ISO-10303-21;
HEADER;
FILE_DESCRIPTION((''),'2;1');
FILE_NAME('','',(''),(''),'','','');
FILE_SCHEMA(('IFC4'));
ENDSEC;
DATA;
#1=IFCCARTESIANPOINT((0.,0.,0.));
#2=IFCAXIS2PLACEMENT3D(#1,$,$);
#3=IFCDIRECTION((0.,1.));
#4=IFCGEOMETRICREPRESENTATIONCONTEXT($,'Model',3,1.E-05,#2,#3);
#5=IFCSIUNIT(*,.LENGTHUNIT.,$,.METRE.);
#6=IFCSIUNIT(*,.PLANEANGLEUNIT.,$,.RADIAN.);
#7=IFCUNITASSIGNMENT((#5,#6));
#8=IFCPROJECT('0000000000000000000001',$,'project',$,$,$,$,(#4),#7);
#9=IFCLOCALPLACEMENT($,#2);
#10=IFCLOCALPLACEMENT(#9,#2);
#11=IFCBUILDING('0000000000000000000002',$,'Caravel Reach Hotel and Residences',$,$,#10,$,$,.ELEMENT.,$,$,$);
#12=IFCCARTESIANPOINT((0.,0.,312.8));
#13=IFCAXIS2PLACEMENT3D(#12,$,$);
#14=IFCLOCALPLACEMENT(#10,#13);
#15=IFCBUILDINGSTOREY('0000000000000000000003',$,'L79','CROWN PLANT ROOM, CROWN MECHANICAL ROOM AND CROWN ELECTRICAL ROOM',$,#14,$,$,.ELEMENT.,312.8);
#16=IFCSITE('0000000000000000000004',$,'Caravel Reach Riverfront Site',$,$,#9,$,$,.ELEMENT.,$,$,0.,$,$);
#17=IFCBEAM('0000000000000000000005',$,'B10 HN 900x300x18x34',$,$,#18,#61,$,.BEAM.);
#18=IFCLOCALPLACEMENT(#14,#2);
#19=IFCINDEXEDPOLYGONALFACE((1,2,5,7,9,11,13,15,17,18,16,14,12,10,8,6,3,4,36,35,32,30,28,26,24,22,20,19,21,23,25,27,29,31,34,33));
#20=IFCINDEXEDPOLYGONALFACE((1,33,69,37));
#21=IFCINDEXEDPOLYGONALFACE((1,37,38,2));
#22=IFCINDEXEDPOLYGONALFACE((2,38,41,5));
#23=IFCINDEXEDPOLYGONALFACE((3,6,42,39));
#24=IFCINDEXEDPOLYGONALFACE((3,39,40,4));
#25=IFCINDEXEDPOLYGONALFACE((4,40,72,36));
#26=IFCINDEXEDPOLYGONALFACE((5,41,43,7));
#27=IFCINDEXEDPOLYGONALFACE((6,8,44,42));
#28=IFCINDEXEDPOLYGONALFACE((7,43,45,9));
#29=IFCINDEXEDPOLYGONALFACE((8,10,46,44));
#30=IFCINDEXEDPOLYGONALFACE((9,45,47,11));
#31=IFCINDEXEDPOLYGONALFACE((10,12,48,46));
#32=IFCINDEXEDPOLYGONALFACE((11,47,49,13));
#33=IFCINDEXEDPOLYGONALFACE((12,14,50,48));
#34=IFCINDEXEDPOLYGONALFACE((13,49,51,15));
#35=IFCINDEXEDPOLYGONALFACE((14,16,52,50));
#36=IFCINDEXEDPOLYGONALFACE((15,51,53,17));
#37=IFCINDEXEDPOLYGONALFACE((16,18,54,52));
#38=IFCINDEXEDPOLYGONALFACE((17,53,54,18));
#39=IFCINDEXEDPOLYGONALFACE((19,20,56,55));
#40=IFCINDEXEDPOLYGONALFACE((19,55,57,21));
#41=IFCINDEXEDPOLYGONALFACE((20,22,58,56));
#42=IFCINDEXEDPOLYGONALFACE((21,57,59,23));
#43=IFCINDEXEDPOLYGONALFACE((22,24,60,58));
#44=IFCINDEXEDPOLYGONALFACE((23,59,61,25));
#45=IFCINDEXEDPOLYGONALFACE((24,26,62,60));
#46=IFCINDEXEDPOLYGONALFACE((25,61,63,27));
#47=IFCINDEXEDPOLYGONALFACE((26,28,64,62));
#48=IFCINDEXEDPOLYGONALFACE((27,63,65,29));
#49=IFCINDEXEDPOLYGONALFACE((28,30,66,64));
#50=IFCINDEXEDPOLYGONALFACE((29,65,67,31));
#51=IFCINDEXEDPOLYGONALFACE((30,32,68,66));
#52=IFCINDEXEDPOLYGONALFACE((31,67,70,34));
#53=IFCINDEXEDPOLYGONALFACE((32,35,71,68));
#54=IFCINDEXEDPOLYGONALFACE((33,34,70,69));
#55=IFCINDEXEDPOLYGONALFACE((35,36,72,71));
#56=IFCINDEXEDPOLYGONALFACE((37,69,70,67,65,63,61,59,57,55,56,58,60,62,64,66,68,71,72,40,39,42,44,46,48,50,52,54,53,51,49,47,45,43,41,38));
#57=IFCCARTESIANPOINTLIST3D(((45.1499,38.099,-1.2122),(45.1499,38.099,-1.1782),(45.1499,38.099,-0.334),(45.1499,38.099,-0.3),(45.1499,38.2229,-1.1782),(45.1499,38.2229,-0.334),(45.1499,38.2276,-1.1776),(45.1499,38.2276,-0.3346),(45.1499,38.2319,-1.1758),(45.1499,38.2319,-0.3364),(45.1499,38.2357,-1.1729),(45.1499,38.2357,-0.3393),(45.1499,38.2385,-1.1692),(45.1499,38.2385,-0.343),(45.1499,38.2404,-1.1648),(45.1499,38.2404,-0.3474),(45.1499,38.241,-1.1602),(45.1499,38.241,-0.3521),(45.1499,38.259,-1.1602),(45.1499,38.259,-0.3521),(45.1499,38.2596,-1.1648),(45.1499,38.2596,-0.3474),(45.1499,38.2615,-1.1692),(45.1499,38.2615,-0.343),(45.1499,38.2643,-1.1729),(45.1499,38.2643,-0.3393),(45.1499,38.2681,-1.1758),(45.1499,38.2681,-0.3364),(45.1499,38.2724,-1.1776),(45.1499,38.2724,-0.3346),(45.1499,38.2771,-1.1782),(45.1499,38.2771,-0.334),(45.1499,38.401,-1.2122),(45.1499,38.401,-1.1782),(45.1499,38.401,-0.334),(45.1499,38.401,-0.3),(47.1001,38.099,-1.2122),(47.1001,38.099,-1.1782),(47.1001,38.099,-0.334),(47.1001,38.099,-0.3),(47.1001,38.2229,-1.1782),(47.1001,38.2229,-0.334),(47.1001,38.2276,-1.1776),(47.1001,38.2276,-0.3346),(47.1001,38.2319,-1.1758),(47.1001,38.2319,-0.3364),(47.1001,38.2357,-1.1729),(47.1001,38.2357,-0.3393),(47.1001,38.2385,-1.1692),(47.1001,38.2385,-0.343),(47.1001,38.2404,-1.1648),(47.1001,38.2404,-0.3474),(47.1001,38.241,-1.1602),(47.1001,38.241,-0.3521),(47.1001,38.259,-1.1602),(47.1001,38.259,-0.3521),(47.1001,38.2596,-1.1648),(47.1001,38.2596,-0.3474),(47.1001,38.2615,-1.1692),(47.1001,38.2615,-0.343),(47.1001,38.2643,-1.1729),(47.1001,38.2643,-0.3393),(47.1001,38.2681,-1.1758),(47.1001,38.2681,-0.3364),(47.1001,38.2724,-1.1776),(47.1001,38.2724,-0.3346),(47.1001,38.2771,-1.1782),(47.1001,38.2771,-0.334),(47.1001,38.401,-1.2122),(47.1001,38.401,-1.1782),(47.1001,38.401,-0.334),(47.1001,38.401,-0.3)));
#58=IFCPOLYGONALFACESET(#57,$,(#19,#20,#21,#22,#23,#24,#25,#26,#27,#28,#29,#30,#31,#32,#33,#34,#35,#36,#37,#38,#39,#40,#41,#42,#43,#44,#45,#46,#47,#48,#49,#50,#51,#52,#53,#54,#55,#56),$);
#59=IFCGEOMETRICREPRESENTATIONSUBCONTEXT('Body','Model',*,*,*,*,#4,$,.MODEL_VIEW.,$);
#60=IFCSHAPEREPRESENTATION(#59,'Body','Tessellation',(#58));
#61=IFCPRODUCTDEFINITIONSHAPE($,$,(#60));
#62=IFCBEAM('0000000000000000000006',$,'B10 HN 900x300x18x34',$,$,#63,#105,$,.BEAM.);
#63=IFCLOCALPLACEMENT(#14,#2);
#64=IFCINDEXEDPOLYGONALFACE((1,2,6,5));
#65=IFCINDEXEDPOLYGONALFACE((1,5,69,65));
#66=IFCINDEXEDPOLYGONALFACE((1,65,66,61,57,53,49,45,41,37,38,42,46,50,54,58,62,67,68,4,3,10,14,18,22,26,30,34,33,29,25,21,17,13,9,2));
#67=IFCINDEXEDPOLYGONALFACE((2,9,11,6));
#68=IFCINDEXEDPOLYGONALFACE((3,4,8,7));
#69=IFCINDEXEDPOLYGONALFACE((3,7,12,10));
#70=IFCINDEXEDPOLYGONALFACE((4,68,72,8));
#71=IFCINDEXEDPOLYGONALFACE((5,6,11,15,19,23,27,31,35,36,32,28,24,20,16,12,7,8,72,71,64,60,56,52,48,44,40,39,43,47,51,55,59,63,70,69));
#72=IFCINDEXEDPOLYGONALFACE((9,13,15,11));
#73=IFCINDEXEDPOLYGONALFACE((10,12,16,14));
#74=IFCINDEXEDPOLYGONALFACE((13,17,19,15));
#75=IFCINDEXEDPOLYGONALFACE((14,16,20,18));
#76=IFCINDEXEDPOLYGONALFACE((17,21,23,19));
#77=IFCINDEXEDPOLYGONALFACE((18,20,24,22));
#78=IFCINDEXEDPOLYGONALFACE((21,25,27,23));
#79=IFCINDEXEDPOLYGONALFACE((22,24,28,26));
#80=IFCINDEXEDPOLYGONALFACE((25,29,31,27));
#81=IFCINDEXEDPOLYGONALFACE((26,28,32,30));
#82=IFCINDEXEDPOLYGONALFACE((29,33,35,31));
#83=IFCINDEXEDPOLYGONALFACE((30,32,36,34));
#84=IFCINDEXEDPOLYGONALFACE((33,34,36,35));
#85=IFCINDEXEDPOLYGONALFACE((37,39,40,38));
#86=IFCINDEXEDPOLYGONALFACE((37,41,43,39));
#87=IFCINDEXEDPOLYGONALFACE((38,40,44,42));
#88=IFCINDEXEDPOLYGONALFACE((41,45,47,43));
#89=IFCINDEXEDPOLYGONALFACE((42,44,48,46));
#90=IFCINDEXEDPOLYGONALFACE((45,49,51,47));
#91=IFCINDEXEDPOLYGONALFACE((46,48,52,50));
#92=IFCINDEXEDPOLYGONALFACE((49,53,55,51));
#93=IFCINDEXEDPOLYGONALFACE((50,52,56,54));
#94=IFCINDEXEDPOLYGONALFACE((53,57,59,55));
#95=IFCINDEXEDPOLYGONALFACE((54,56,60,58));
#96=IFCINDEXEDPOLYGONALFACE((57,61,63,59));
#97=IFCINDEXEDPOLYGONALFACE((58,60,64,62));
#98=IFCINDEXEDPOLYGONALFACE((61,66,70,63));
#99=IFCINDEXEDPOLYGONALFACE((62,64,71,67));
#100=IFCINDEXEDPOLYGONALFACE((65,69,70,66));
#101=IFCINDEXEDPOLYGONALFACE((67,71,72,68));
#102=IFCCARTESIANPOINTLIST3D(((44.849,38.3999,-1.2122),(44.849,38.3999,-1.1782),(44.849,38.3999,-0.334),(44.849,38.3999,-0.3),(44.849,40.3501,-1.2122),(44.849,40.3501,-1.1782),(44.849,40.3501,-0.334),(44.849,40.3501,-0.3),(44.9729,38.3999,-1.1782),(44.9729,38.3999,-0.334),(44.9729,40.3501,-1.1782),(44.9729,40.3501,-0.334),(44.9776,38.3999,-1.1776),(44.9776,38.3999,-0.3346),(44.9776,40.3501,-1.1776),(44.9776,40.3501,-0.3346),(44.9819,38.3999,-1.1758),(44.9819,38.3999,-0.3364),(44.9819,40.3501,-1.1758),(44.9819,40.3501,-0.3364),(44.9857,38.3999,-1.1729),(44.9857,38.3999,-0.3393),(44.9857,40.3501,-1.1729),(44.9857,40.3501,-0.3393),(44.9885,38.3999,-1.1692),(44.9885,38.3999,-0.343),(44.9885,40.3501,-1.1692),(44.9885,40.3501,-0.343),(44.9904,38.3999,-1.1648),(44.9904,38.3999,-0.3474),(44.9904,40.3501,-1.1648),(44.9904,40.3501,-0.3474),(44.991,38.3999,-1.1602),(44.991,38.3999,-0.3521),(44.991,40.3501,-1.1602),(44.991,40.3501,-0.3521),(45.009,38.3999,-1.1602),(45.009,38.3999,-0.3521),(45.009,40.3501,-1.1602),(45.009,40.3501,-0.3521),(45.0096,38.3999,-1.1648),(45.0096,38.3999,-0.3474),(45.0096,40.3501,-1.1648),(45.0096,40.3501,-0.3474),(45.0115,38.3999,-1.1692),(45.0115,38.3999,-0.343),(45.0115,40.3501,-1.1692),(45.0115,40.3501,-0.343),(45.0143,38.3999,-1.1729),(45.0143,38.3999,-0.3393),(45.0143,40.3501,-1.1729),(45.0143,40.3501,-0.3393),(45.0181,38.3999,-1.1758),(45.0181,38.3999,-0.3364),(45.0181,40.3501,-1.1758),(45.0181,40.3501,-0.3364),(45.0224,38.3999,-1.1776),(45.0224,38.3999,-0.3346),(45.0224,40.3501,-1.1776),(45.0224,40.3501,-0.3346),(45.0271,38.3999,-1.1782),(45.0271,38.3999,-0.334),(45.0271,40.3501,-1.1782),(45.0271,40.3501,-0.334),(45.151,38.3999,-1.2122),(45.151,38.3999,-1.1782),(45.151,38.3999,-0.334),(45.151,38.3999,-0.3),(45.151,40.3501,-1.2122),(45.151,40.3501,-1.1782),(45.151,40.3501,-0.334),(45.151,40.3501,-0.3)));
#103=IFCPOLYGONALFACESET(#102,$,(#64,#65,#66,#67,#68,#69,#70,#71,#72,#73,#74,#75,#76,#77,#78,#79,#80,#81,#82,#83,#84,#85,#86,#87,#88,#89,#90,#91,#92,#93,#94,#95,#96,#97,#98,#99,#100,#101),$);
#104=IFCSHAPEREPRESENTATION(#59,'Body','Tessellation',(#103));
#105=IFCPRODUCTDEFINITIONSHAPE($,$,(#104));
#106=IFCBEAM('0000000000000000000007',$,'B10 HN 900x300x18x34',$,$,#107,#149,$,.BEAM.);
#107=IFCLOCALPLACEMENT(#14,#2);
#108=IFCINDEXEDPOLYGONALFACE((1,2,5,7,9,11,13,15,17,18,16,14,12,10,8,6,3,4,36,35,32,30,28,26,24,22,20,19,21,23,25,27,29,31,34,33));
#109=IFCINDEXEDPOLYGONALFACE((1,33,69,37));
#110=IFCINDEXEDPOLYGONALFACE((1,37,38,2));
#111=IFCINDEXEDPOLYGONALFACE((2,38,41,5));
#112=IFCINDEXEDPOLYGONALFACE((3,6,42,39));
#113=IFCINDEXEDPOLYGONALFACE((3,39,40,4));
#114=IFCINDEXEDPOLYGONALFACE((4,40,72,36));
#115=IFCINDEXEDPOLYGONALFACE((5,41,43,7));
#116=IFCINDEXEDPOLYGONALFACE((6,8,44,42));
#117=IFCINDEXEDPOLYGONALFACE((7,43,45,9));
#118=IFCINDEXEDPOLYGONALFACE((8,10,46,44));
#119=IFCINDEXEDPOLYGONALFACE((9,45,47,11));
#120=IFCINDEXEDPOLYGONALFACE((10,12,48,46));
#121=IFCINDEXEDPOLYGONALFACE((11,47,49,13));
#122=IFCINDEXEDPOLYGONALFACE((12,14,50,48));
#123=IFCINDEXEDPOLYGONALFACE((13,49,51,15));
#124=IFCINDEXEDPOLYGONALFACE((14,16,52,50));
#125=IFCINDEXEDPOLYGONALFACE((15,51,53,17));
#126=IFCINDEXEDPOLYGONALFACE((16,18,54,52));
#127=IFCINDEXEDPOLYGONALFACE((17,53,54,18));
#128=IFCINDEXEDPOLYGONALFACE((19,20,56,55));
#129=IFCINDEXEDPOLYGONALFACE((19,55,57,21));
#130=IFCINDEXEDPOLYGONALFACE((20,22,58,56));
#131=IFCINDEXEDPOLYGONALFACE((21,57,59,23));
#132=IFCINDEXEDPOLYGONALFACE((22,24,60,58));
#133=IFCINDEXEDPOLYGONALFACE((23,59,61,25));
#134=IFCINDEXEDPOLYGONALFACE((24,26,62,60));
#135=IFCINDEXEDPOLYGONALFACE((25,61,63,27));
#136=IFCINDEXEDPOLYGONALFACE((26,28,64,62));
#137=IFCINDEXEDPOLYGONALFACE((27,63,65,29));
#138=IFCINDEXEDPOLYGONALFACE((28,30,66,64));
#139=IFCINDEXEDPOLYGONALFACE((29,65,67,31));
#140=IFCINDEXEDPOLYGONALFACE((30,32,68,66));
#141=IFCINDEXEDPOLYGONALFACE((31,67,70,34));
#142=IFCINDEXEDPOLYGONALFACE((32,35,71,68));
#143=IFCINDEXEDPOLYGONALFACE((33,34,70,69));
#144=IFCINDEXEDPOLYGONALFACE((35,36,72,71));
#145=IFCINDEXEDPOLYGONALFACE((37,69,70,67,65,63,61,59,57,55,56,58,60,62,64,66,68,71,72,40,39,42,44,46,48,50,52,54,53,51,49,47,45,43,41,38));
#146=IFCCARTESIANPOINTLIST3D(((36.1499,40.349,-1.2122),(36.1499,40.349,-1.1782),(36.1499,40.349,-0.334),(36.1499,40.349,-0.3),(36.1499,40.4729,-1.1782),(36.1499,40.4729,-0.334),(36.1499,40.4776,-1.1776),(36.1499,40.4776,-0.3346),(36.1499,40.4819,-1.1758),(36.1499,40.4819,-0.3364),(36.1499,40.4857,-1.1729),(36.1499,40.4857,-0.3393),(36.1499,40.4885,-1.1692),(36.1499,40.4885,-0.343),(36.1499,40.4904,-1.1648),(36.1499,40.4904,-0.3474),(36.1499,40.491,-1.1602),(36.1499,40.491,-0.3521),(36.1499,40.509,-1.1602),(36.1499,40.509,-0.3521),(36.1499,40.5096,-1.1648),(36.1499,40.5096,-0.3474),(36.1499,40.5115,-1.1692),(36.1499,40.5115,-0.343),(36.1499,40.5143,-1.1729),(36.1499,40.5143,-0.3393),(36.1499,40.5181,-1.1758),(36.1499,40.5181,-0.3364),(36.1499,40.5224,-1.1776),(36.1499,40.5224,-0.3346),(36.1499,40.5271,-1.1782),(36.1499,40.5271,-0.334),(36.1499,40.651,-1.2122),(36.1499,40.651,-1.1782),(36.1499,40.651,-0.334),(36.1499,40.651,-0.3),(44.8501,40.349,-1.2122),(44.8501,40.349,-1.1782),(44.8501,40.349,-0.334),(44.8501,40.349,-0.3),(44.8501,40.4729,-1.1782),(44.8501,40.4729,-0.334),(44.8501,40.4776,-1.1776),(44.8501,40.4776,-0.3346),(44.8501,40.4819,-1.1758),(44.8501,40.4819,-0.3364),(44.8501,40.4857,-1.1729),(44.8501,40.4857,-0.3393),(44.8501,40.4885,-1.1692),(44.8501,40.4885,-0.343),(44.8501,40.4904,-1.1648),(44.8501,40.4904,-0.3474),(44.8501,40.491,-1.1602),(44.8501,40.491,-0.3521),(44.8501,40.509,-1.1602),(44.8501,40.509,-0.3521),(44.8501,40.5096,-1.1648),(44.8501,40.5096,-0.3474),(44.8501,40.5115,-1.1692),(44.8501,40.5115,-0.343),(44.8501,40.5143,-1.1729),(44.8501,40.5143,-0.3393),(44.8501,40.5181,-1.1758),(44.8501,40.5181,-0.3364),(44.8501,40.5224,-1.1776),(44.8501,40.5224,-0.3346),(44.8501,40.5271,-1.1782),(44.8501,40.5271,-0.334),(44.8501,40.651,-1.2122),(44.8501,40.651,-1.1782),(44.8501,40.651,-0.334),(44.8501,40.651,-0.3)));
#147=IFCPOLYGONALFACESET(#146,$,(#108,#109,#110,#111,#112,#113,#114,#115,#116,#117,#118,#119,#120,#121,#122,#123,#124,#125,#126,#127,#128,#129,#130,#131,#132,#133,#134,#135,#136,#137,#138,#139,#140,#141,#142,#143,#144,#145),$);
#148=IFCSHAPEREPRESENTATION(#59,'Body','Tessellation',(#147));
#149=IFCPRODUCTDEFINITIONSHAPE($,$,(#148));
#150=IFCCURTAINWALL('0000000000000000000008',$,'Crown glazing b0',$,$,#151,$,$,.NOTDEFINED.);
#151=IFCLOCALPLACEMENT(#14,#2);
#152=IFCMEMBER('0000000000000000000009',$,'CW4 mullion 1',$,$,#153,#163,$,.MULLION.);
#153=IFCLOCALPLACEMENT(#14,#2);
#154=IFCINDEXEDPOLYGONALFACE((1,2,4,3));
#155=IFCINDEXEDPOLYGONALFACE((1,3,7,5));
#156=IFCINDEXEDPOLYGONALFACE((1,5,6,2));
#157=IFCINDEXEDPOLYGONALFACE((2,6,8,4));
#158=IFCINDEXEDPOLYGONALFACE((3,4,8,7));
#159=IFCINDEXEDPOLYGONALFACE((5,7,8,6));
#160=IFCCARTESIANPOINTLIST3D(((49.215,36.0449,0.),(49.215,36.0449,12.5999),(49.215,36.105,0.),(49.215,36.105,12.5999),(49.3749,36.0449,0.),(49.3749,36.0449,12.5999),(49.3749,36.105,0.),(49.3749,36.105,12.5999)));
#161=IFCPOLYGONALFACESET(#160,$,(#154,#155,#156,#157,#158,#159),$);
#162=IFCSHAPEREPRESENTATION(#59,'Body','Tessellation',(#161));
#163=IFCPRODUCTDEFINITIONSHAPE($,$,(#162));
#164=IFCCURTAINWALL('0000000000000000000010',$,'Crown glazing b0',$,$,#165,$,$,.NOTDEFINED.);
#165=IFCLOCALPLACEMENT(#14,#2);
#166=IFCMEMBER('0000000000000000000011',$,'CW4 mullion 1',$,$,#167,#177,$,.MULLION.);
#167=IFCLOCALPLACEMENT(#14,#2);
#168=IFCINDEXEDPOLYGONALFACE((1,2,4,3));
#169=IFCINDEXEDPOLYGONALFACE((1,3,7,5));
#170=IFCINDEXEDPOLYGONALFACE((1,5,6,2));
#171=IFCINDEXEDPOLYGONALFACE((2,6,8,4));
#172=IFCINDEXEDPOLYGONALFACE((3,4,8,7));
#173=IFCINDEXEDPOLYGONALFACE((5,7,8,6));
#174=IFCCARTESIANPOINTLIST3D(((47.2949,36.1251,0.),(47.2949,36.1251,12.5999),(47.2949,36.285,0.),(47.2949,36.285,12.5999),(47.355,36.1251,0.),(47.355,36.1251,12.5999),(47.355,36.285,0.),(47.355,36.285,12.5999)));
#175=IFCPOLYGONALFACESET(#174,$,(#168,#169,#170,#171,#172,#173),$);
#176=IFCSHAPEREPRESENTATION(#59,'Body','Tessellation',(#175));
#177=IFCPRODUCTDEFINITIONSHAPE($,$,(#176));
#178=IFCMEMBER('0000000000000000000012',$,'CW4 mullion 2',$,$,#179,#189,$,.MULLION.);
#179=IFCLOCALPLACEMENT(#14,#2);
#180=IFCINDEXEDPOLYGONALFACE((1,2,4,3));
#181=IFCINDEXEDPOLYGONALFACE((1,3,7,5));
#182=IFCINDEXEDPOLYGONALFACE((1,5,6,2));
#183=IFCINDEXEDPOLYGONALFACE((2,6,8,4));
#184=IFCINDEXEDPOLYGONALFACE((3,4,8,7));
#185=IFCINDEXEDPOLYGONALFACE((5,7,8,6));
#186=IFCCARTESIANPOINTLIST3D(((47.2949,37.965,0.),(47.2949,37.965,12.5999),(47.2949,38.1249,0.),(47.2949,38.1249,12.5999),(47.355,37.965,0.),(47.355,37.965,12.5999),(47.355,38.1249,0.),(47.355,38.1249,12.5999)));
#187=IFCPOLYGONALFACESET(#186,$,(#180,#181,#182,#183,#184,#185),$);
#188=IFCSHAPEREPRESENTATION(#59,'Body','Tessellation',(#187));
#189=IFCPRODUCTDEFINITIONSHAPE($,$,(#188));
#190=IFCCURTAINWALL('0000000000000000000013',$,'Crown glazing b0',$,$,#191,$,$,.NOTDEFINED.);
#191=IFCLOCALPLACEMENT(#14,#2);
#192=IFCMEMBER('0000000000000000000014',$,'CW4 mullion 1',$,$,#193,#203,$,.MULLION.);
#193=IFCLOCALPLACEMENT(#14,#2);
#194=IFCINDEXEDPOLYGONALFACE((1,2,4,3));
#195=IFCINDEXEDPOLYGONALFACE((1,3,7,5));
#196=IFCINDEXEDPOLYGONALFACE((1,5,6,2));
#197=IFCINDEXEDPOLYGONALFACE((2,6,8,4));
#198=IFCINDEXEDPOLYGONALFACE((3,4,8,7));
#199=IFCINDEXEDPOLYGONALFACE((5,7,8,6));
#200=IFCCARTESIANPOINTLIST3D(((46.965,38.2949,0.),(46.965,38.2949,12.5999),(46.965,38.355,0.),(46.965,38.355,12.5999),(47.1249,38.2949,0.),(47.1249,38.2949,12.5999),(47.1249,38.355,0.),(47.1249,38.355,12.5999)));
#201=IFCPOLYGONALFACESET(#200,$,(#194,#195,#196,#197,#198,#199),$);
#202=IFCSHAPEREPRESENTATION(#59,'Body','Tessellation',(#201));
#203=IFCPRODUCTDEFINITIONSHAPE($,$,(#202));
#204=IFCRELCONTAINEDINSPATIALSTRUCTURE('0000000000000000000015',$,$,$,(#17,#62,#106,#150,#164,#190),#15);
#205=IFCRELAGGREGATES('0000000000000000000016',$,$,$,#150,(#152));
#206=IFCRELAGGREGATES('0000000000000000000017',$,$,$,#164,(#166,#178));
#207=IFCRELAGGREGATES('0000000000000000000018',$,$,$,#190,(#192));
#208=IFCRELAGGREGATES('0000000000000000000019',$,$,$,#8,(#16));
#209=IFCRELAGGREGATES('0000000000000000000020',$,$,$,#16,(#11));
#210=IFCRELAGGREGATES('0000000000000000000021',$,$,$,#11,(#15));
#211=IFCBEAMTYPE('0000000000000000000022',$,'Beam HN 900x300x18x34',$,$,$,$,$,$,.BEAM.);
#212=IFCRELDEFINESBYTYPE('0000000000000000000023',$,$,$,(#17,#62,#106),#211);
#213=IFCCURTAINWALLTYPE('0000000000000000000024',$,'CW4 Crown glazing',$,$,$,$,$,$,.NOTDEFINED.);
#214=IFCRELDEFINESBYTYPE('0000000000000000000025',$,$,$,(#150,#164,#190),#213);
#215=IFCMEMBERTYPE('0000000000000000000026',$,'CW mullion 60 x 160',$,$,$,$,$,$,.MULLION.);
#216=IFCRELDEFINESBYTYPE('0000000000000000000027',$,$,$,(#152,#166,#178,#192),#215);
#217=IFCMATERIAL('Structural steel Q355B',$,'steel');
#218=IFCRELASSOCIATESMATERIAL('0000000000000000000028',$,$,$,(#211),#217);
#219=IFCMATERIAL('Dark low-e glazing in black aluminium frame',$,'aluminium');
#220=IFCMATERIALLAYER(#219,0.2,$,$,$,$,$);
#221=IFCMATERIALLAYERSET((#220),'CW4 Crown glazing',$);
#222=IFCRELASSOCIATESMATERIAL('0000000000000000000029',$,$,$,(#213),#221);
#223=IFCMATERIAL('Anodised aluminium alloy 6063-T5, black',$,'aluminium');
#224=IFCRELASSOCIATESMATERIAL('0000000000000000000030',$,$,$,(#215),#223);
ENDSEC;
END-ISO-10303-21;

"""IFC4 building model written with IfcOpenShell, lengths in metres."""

from ifc_helpers import new_model, si_unit, direction, frame, origin, origin_2d, place, context, subcontext, project, spatial, rectangle, i_section, extrude, material, layer, layer_set, material_profile, profile_set, type_object, element, aggregate, save


model = new_model("IFC4")

# Units and contexts
model_context = context("Model", 3, precision=1e-05, world=origin(), true_north=direction((0.0, 1.0)))
body_context = subcontext(model_context, "Body", "Model", "MODEL_VIEW")
ifc_project = project(units=[si_unit("LENGTHUNIT", "METRE"), si_unit("PLANEANGLEUNIT", "RADIAN")], contexts=[model_context])

# Site, building, storey
site_placement = place(None, origin())
site = spatial("IfcSite", under=ifc_project, at=site_placement, Name="Caravel Reach Riverfront Site", CompositionType="ELEMENT", RefElevation=0.0)
building_placement = place(site_placement, origin())
building = spatial("IfcBuilding", under=site, at=building_placement, Name="Caravel Reach Hotel and Residences", CompositionType="ELEMENT")
storey_placement = place(building_placement, frame((0.0, 0.0, 312.8)))
storey = spatial("IfcBuildingStorey", under=building, at=storey_placement, Name="L79", Description="CROWN PLANT ROOM, CROWN MECHANICAL ROOM AND CROWN ELECTRICAL ROOM", CompositionType="ELEMENT", Elevation=312.8)

# Beams
ifc_material_1 = material(Name="Structural steel Q355B", Category="steel")
ifc_material_profile_1 = material_profile(ifc_material_1, i_section(OverallWidth=0.302, OverallDepth=0.9121, WebThickness=0.0181, FlangeThickness=0.0339, FilletRadius=0.0181, at=origin_2d()), Name="HN 900x300x18x34")
ifc_profile_set_1 = profile_set([ifc_material_profile_1], Name="Structural steel Q355B")
beam_type = type_object("IfcBeamType", Name="Beam HN 900x300x18x34", PredefinedType="BEAM", material=ifc_profile_set_1)
for number, where, z_axis, x_axis, name in (
    (1, (47.1001, 38.25, -0.7561), (-1.0, 0.0, 0.0), (0.0, -1.0, 0.0), "B10 HN 900x300x18x34"),
    (2, (45.0, 38.3999, -0.7561), (0.0, 1.0, 0.0), (-1.0, 0.0, 0.0), "B10 HN 900x300x18x34"),
):
    element("IfcBeam", number, at=place(storey_placement, frame(where, z_axis=z_axis, x_axis=x_axis)), inside=storey, type_object=beam_type, Name=name, PredefinedType="BEAM", context=body_context, shape_type="SweptSolid", body=[
        extrude(i_section(OverallWidth=0.302, OverallDepth=0.9121, WebThickness=0.0181, FlangeThickness=0.0339, FilletRadius=0.0181, at=origin_2d()), origin(), (0.0, 0.0, 1.0), 1.9502),
    ])
beam_placement = place(storey_placement, frame((44.8501, 40.5, -0.7561), z_axis=(-1.0, 0.0, 0.0), x_axis=(0.0, -1.0, 0.0)))
element("IfcBeam", 3, at=beam_placement, inside=storey, type_object=beam_type, Name="B10 HN 900x300x18x34", PredefinedType="BEAM", context=body_context, shape_type="SweptSolid", body=[
    extrude(i_section(OverallWidth=0.302, OverallDepth=0.9121, WebThickness=0.0181, FlangeThickness=0.0339, FilletRadius=0.0181, at=origin_2d()), origin(), (0.0, 0.0, 1.0), 8.7002),
])

# Curtain wall, member
ifc_material_2 = material(Name="Dark low-e glazing in black aluminium frame", Category="aluminium")
ifc_layer_1 = layer(ifc_material_2, 0.2)
ifc_layer_set_1 = layer_set([ifc_layer_1], Name="CW4 Crown glazing")
curtain_wall_type = type_object("IfcCurtainWallType", Name="CW4 Crown glazing", PredefinedType="NOTDEFINED", material=ifc_layer_set_1)
curtain_wall_1_placement = place(storey_placement, origin())
curtain_wall_1 = element("IfcCurtainWall", 4, at=curtain_wall_1_placement, inside=storey, type_object=curtain_wall_type, Name="Crown glazing b0", PredefinedType="NOTDEFINED")
ifc_material_3 = material(Name="Anodised aluminium alloy 6063-T5, black", Category="aluminium")
ifc_material_profile_2 = material_profile(ifc_material_3, rectangle(XDim=0.0601, YDim=0.1599, at=origin_2d()), Name="CW mullion 60 x 160")
ifc_profile_set_2 = profile_set([ifc_material_profile_2], Name="Anodised aluminium alloy 6063-T5, black")
member_type_1 = type_object("IfcMemberType", Name="CW mullion 60 x 160", PredefinedType="MULLION", material=ifc_profile_set_2)
member_1_placement = place(storey_placement, frame((49.2949, 36.075, 0.0), z_axis=(0.0, 0.0, 1.0), x_axis=(0.0, -1.0, 0.0)))
member_1 = element("IfcMember", 5, at=member_1_placement, type_object=member_type_1, Name="CW4 mullion 1", PredefinedType="MULLION", context=body_context, shape_type="SweptSolid", body=[
    extrude(rectangle(XDim=0.0601, YDim=0.1599, at=origin_2d()), origin(), (0.0, 0.0, 1.0), 12.5999),
])

# Curtain walls, members
curtain_wall_2_placement = place(storey_placement, origin())
curtain_wall_2 = element("IfcCurtainWall", 6, at=curtain_wall_2_placement, inside=storey, type_object=curtain_wall_type, Name="Crown glazing b0", PredefinedType="NOTDEFINED")
member_2_placement = place(storey_placement, frame((47.325, 36.2051, 0.0), z_axis=(0.0, 0.0, 1.0), x_axis=(-1.0, 0.0, 0.0)))
member_2 = element("IfcMember", 7, at=member_2_placement, type_object=member_type_1, Name="CW4 mullion 1", PredefinedType="MULLION", context=body_context, shape_type="SweptSolid", body=[
    extrude(rectangle(XDim=0.0601, YDim=0.1599, at=origin_2d()), origin(), (0.0, 0.0, 1.0), 12.5999),
])
member_3_placement = place(storey_placement, frame((47.325, 38.0449, 0.0), z_axis=(0.0, 0.0, 1.0), x_axis=(-1.0, 0.0, 0.0)))
member_3 = element("IfcMember", 8, at=member_3_placement, type_object=member_type_1, Name="CW4 mullion 2", PredefinedType="MULLION", context=body_context, shape_type="SweptSolid", body=[
    extrude(rectangle(XDim=0.0601, YDim=0.1599, at=origin_2d()), origin(), (0.0, 0.0, 1.0), 12.5999),
])
curtain_wall_3_placement = place(storey_placement, origin())
curtain_wall_3 = element("IfcCurtainWall", 9, at=curtain_wall_3_placement, inside=storey, type_object=curtain_wall_type, Name="Crown glazing b0", PredefinedType="NOTDEFINED")
member_4_placement = place(storey_placement, frame((47.0449, 38.325, 0.0), z_axis=(0.0, 0.0, 1.0), x_axis=(0.0, -1.0, 0.0)))
member_4 = element("IfcMember", 10, at=member_4_placement, type_object=member_type_1, Name="CW4 mullion 1", PredefinedType="MULLION", context=body_context, shape_type="SweptSolid", body=[
    extrude(rectangle(XDim=0.0601, YDim=0.1599, at=origin_2d()), origin(), (0.0, 0.0, 1.0), 12.5999),
])

aggregate(curtain_wall_1, [member_1])

aggregate(curtain_wall_2, [member_2, member_3])
aggregate(curtain_wall_3, [member_4])

save(model, "model.ifc")
